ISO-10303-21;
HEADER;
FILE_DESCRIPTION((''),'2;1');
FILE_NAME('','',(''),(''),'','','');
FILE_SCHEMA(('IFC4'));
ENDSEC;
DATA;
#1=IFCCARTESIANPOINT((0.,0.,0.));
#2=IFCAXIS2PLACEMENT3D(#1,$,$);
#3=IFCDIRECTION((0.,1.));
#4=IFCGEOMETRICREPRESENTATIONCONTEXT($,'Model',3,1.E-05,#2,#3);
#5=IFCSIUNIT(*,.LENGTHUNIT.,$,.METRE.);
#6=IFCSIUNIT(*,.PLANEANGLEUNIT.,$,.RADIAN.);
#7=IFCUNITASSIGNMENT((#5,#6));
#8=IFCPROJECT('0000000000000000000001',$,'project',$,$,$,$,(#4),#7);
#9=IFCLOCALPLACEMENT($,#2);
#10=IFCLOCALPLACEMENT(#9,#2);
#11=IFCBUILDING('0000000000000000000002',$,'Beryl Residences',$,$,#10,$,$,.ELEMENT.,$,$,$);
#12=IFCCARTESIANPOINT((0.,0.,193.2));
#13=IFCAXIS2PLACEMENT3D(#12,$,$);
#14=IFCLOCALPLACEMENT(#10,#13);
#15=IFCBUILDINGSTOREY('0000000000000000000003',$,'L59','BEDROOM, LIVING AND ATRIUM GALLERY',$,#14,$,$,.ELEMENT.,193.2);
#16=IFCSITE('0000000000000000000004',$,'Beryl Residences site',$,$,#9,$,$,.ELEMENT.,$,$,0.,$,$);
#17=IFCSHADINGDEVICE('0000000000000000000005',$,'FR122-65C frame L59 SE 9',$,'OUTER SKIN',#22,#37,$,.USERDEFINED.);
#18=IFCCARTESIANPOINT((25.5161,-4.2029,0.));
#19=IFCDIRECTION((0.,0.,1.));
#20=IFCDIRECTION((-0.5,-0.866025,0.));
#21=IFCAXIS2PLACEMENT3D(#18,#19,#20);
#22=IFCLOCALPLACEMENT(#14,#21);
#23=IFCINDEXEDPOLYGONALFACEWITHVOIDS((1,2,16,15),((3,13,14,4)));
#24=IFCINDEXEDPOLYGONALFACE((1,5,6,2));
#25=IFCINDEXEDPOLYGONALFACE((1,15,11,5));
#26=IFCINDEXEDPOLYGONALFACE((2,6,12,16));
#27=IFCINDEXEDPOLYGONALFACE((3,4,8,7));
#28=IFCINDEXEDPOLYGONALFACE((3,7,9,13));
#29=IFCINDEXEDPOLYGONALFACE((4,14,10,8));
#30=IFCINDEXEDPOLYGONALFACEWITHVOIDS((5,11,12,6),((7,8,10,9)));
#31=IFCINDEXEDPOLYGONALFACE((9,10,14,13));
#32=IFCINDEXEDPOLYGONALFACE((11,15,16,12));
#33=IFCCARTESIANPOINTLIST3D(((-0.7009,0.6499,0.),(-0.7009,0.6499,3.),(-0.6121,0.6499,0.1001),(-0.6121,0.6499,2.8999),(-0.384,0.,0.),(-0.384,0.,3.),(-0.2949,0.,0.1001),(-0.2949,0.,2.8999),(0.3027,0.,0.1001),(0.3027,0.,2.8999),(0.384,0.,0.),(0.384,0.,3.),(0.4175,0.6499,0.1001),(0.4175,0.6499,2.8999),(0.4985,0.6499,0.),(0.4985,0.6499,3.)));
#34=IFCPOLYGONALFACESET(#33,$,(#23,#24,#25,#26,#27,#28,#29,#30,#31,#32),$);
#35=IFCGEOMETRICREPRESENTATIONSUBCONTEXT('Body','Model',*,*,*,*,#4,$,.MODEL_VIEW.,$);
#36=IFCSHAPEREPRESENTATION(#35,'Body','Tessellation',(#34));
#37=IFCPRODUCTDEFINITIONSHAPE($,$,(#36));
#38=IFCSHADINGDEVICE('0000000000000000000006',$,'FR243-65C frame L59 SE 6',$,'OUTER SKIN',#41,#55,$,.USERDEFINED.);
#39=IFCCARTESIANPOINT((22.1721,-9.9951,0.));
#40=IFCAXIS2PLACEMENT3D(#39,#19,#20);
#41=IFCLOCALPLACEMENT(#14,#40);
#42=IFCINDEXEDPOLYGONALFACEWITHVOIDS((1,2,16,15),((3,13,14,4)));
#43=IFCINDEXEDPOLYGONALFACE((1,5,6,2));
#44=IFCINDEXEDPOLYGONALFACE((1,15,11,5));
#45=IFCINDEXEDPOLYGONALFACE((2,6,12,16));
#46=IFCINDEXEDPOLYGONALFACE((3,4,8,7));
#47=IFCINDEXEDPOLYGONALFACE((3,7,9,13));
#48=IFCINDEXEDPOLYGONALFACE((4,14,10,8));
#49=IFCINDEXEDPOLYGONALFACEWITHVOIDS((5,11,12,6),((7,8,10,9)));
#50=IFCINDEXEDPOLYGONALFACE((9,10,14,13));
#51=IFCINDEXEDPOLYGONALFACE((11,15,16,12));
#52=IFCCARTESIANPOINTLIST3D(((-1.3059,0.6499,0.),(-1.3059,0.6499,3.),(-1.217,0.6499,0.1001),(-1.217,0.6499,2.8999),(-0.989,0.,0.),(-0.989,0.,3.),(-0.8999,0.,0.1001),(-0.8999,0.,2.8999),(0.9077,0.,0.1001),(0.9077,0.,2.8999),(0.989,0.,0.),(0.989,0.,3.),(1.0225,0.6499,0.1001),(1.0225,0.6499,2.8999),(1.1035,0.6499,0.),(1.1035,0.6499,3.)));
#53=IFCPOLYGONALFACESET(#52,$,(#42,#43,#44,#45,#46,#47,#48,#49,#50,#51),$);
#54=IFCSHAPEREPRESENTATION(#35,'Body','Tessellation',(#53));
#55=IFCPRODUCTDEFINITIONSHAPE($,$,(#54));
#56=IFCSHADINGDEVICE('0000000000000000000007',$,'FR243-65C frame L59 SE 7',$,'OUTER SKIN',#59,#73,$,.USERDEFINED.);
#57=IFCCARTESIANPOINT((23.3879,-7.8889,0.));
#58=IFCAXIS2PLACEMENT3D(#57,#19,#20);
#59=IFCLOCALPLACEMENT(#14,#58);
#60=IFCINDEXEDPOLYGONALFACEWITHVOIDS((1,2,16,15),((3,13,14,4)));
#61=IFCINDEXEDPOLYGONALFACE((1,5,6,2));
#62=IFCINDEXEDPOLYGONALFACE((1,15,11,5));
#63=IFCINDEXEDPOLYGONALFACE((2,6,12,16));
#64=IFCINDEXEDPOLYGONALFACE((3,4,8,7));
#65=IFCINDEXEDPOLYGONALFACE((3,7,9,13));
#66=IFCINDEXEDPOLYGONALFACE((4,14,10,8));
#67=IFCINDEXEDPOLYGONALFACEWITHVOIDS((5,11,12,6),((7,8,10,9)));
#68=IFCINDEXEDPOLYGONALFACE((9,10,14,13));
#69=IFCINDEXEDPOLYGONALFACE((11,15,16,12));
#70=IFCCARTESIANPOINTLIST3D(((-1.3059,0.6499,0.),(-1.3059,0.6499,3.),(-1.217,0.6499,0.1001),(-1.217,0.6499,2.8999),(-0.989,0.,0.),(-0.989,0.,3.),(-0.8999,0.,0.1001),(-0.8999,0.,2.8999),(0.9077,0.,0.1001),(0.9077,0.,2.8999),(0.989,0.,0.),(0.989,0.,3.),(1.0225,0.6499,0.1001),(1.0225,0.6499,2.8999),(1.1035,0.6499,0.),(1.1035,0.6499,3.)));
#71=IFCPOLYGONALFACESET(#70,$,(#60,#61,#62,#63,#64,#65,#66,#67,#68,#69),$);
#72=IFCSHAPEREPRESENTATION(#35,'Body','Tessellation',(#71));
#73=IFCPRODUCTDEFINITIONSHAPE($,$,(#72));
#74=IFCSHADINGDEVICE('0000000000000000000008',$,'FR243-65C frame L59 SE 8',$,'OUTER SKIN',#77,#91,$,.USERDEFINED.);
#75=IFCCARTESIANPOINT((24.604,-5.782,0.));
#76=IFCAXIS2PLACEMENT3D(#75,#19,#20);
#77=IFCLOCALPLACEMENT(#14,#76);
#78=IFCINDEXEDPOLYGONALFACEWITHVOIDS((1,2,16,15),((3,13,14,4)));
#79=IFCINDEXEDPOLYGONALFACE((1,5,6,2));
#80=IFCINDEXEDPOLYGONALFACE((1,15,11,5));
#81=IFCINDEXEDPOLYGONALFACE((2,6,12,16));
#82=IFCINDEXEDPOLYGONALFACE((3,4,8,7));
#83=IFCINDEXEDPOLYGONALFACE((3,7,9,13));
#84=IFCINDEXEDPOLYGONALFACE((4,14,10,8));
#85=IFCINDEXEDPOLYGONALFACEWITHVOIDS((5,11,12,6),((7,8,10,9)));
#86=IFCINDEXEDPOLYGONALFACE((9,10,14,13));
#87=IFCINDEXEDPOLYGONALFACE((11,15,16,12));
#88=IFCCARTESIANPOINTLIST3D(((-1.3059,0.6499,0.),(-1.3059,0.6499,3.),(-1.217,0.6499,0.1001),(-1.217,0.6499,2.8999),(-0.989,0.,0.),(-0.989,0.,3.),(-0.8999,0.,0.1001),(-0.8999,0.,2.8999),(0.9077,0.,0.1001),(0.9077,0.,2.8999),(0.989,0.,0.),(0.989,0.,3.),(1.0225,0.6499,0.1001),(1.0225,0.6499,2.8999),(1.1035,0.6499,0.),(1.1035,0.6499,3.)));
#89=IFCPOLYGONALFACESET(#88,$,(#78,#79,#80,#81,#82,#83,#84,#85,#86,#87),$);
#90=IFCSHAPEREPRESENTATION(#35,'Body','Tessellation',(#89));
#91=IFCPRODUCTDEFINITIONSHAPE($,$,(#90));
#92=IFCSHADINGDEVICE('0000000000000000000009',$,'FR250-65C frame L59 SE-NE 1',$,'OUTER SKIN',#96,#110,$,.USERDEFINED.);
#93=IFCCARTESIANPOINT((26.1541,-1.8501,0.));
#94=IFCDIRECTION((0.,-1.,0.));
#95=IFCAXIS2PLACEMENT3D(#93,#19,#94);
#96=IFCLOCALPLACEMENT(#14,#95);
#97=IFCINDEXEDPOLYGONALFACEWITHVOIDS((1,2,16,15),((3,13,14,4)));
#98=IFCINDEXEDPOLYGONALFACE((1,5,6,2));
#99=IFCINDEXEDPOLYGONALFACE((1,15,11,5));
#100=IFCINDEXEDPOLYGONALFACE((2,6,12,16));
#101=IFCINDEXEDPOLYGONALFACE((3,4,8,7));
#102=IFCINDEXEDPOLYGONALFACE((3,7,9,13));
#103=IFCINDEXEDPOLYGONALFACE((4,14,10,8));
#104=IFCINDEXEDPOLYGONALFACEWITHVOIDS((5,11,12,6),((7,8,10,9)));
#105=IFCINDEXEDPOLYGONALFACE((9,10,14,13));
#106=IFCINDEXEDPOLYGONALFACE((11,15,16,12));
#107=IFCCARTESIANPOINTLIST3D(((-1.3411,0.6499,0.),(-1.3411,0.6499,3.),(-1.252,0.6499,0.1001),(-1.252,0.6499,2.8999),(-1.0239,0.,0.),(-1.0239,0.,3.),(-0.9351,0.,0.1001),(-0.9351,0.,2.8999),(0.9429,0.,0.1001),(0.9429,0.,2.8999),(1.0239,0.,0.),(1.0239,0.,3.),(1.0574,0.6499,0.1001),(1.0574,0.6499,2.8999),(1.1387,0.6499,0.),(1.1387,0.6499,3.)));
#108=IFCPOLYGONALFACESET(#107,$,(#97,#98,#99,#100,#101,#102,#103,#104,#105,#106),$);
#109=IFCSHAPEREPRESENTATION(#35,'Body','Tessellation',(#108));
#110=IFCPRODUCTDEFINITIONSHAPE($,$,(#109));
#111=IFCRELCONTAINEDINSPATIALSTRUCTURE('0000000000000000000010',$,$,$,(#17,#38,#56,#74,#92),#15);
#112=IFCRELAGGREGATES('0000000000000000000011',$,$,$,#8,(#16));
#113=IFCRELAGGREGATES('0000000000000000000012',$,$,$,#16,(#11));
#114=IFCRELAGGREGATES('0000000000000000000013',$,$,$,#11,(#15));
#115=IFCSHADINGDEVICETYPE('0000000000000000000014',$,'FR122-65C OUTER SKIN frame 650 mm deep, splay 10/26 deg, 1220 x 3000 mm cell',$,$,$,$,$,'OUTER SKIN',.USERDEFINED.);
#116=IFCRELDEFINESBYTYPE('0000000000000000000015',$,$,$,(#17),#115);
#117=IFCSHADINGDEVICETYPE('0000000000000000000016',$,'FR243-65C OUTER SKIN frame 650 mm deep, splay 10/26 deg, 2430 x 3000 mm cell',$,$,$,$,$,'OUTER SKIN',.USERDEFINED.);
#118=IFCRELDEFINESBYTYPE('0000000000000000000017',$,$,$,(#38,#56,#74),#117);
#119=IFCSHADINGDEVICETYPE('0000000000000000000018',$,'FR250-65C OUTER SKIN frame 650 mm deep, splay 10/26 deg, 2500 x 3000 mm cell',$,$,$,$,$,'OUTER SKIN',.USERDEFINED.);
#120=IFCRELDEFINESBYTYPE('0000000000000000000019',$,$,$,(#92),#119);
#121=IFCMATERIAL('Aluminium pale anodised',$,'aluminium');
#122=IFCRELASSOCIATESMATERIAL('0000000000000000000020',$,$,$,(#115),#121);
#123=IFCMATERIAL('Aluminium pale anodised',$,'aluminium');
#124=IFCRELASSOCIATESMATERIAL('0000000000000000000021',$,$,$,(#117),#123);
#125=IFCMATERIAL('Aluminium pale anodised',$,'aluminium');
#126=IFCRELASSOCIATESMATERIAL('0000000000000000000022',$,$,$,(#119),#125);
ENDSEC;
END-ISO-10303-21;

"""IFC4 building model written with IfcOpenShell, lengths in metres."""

from ifc_helpers import new_model, entity, si_unit, direction, frame, origin, place, context, subcontext, project, spatial, source, transform, mapped, material, type_object, type_shapes, element, save


model = new_model("IFC4")

# Units and contexts
model_context = context("Model", 3, precision=1e-05, world=origin(), true_north=direction((0.0, 1.0)))
body_context = subcontext(model_context, "Body", "Model", "MODEL_VIEW")
ifc_project = project(units=[si_unit("LENGTHUNIT", "METRE"), si_unit("PLANEANGLEUNIT", "RADIAN")], contexts=[model_context])

# Site, building, storey
site_placement = place(None, origin())
site = spatial("IfcSite", under=ifc_project, at=site_placement, Name="Beryl Residences site", CompositionType="ELEMENT", RefElevation=0.0)
building_placement = place(site_placement, origin())
building = spatial("IfcBuilding", under=site, at=building_placement, Name="Beryl Residences", CompositionType="ELEMENT")
storey_placement = place(building_placement, frame((0.0, 0.0, 193.2)))
storey = spatial("IfcBuildingStorey", under=building, at=storey_placement, Name="L59", Description="BEDROOM, LIVING AND ATRIUM GALLERY", CompositionType="ELEMENT", Elevation=193.2)

# Shading devices
ifc_material_1 = material(Name="Aluminium pale anodised", Category="aluminium")
shading_device_type_1 = type_object("IfcShadingDeviceType", Name="FR122-65C OUTER SKIN frame 650 mm deep, splay 10/26 deg, 1220 x 3000 mm cell", ElementType="OUTER SKIN", PredefinedType="USERDEFINED", material=ifc_material_1)
cartesian_point_1 = entity("IfcCartesianPoint", [-0.384, 0.0])
cartesian_point_2 = entity("IfcCartesianPoint", [-0.3027, 0.1001])
cartesian_point_3 = entity("IfcCartesianPoint", [-0.4985, 0.0])
cartesian_point_4 = entity("IfcCartesianPoint", [-0.4175, 0.1001])
shared_shape_1 = source(origin(), body_context, "Body", "SweptSolid", [
    entity("IfcExtrudedAreaSolidTapered", entity("IfcArbitraryProfileDefWithVoids", "AREA", None, entity("IfcPolyline", [cartesian_point_1, entity("IfcCartesianPoint", [0.384, 0.0]), entity("IfcCartesianPoint", [0.384, 3.0]), entity("IfcCartesianPoint", [-0.384, 3.0]), cartesian_point_1]), [entity("IfcPolyline", [cartesian_point_2, entity("IfcCartesianPoint", [0.2949, 0.1001]), entity("IfcCartesianPoint", [0.2949, 2.8999]), entity("IfcCartesianPoint", [-0.3027, 2.8999]), cartesian_point_2])]), entity("IfcAxis2Placement3D", entity("IfcCartesianPoint", [0.0, 0.0, 0.0]), entity("IfcDirection", [0.0, 1.0, 0.0]), entity("IfcDirection", [-1.0, 0.0, 0.0])), entity("IfcDirection", [0.0, 0.0, 1.0]), 0.6499, entity("IfcArbitraryProfileDefWithVoids", "AREA", None, entity("IfcPolyline", [cartesian_point_3, entity("IfcCartesianPoint", [0.7009, 0.0]), entity("IfcCartesianPoint", [0.7009, 3.0]), entity("IfcCartesianPoint", [-0.4985, 3.0]), cartesian_point_3]), [entity("IfcPolyline", [cartesian_point_4, entity("IfcCartesianPoint", [0.6121, 0.1001]), entity("IfcCartesianPoint", [0.6121, 2.8999]), entity("IfcCartesianPoint", [-0.4175, 2.8999]), cartesian_point_4])])),
])
type_shapes(shading_device_type_1, [shared_shape_1])
shading_device_1_placement = place(storey_placement, frame((25.5161, -4.2029, 0.0), z_axis=(0.0, 0.0, 1.0), x_axis=(-0.5, -0.866025, 0.0)))
element("IfcShadingDevice", 1, at=shading_device_1_placement, inside=storey, type_object=shading_device_type_1, Name="FR122-65C frame L59 SE 9", ObjectType="OUTER SKIN", PredefinedType="USERDEFINED", context=body_context, shape_type="MappedRepresentation", body=[
    mapped(shared_shape_1, transform((0.0, 0.0, 0.0))),
])
ifc_material_2 = material(Name="Aluminium pale anodised", Category="aluminium")
shading_device_type_2 = type_object("IfcShadingDeviceType", Name="FR243-65C OUTER SKIN frame 650 mm deep, splay 10/26 deg, 2430 x 3000 mm cell", ElementType="OUTER SKIN", PredefinedType="USERDEFINED", material=ifc_material_2)
cartesian_point_5 = entity("IfcCartesianPoint", [-0.989, 0.0])
cartesian_point_6 = entity("IfcCartesianPoint", [-0.9077, 0.1001])
cartesian_point_7 = entity("IfcCartesianPoint", [-1.1035, 0.0])
cartesian_point_8 = entity("IfcCartesianPoint", [-1.0225, 0.1001])
shared_shape_2 = source(origin(), body_context, "Body", "SweptSolid", [
    entity("IfcExtrudedAreaSolidTapered", entity("IfcArbitraryProfileDefWithVoids", "AREA", None, entity("IfcPolyline", [cartesian_point_5, entity("IfcCartesianPoint", [0.989, 0.0]), entity("IfcCartesianPoint", [0.989, 3.0]), entity("IfcCartesianPoint", [-0.989, 3.0]), cartesian_point_5]), [entity("IfcPolyline", [cartesian_point_6, entity("IfcCartesianPoint", [0.8999, 0.1001]), entity("IfcCartesianPoint", [0.8999, 2.8999]), entity("IfcCartesianPoint", [-0.9077, 2.8999]), cartesian_point_6])]), entity("IfcAxis2Placement3D", entity("IfcCartesianPoint", [0.0, 0.0, 0.0]), entity("IfcDirection", [0.0, 1.0, 0.0]), entity("IfcDirection", [-1.0, 0.0, 0.0])), entity("IfcDirection", [0.0, 0.0, 1.0]), 0.6499, entity("IfcArbitraryProfileDefWithVoids", "AREA", None, entity("IfcPolyline", [cartesian_point_7, entity("IfcCartesianPoint", [1.3059, 0.0]), entity("IfcCartesianPoint", [1.3059, 3.0]), entity("IfcCartesianPoint", [-1.1035, 3.0]), cartesian_point_7]), [entity("IfcPolyline", [cartesian_point_8, entity("IfcCartesianPoint", [1.217, 0.1001]), entity("IfcCartesianPoint", [1.217, 2.8999]), entity("IfcCartesianPoint", [-1.0225, 2.8999]), cartesian_point_8])])),
])
type_shapes(shading_device_type_2, [shared_shape_2])
for number, where, z_axis, x_axis, name in (
    (2, (22.1721, -9.9951, 0.0), (0.0, 0.0, 1.0), (-0.5, -0.866025, 0.0), "FR243-65C frame L59 SE 6"),
    (3, (23.3879, -7.8889, 0.0), (0.0, 0.0, 1.0), (-0.5, -0.866025, 0.0), "FR243-65C frame L59 SE 7"),
    (4, (24.604, -5.782, 0.0), (0.0, 0.0, 1.0), (-0.5, -0.866025, 0.0), "FR243-65C frame L59 SE 8"),
):
    element("IfcShadingDevice", number, at=place(storey_placement, frame(where, z_axis=z_axis, x_axis=x_axis)), inside=storey, type_object=shading_device_type_2, Name=name, ObjectType="OUTER SKIN", PredefinedType="USERDEFINED", context=body_context, shape_type="MappedRepresentation", body=[
        mapped(shared_shape_2, transform((0.0, 0.0, 0.0))),
    ])
ifc_material_3 = material(Name="Aluminium pale anodised", Category="aluminium")
shading_device_type_3 = type_object("IfcShadingDeviceType", Name="FR250-65C OUTER SKIN frame 650 mm deep, splay 10/26 deg, 2500 x 3000 mm cell", ElementType="OUTER SKIN", PredefinedType="USERDEFINED", material=ifc_material_3)
cartesian_point_9 = entity("IfcCartesianPoint", [-1.0239, 0.0])
cartesian_point_10 = entity("IfcCartesianPoint", [-0.9429, 0.1001])
cartesian_point_11 = entity("IfcCartesianPoint", [-1.1387, 0.0])
cartesian_point_12 = entity("IfcCartesianPoint", [-1.0574, 0.1001])
shared_shape_3 = source(origin(), body_context, "Body", "SweptSolid", [
    entity("IfcExtrudedAreaSolidTapered", entity("IfcArbitraryProfileDefWithVoids", "AREA", None, entity("IfcPolyline", [cartesian_point_9, entity("IfcCartesianPoint", [1.0239, 0.0]), entity("IfcCartesianPoint", [1.0239, 3.0]), entity("IfcCartesianPoint", [-1.0239, 3.0]), cartesian_point_9]), [entity("IfcPolyline", [cartesian_point_10, entity("IfcCartesianPoint", [0.9351, 0.1001]), entity("IfcCartesianPoint", [0.9351, 2.8999]), entity("IfcCartesianPoint", [-0.9429, 2.8999]), cartesian_point_10])]), entity("IfcAxis2Placement3D", entity("IfcCartesianPoint", [0.0, 0.0, 0.0]), entity("IfcDirection", [0.0, 1.0, 0.0]), entity("IfcDirection", [-1.0, 0.0, 0.0])), entity("IfcDirection", [0.0, 0.0, 1.0]), 0.6499, entity("IfcArbitraryProfileDefWithVoids", "AREA", None, entity("IfcPolyline", [cartesian_point_11, entity("IfcCartesianPoint", [1.3411, 0.0]), entity("IfcCartesianPoint", [1.3411, 3.0]), entity("IfcCartesianPoint", [-1.1387, 3.0]), cartesian_point_11]), [entity("IfcPolyline", [cartesian_point_12, entity("IfcCartesianPoint", [1.252, 0.1001]), entity("IfcCartesianPoint", [1.252, 2.8999]), entity("IfcCartesianPoint", [-1.0574, 2.8999]), cartesian_point_12])])),
])
type_shapes(shading_device_type_3, [shared_shape_3])
shading_device_2_placement = place(storey_placement, frame((26.1541, -1.8501, 0.0), z_axis=(0.0, 0.0, 1.0), x_axis=(0.0, -1.0, 0.0)))
element("IfcShadingDevice", 5, at=shading_device_2_placement, inside=storey, type_object=shading_device_type_3, Name="FR250-65C frame L59 SE-NE 1", ObjectType="OUTER SKIN", PredefinedType="USERDEFINED", context=body_context, shape_type="MappedRepresentation", body=[
    mapped(shared_shape_3, transform((0.0, 0.0, 0.0))),
])

save(model, "model.ifc")
